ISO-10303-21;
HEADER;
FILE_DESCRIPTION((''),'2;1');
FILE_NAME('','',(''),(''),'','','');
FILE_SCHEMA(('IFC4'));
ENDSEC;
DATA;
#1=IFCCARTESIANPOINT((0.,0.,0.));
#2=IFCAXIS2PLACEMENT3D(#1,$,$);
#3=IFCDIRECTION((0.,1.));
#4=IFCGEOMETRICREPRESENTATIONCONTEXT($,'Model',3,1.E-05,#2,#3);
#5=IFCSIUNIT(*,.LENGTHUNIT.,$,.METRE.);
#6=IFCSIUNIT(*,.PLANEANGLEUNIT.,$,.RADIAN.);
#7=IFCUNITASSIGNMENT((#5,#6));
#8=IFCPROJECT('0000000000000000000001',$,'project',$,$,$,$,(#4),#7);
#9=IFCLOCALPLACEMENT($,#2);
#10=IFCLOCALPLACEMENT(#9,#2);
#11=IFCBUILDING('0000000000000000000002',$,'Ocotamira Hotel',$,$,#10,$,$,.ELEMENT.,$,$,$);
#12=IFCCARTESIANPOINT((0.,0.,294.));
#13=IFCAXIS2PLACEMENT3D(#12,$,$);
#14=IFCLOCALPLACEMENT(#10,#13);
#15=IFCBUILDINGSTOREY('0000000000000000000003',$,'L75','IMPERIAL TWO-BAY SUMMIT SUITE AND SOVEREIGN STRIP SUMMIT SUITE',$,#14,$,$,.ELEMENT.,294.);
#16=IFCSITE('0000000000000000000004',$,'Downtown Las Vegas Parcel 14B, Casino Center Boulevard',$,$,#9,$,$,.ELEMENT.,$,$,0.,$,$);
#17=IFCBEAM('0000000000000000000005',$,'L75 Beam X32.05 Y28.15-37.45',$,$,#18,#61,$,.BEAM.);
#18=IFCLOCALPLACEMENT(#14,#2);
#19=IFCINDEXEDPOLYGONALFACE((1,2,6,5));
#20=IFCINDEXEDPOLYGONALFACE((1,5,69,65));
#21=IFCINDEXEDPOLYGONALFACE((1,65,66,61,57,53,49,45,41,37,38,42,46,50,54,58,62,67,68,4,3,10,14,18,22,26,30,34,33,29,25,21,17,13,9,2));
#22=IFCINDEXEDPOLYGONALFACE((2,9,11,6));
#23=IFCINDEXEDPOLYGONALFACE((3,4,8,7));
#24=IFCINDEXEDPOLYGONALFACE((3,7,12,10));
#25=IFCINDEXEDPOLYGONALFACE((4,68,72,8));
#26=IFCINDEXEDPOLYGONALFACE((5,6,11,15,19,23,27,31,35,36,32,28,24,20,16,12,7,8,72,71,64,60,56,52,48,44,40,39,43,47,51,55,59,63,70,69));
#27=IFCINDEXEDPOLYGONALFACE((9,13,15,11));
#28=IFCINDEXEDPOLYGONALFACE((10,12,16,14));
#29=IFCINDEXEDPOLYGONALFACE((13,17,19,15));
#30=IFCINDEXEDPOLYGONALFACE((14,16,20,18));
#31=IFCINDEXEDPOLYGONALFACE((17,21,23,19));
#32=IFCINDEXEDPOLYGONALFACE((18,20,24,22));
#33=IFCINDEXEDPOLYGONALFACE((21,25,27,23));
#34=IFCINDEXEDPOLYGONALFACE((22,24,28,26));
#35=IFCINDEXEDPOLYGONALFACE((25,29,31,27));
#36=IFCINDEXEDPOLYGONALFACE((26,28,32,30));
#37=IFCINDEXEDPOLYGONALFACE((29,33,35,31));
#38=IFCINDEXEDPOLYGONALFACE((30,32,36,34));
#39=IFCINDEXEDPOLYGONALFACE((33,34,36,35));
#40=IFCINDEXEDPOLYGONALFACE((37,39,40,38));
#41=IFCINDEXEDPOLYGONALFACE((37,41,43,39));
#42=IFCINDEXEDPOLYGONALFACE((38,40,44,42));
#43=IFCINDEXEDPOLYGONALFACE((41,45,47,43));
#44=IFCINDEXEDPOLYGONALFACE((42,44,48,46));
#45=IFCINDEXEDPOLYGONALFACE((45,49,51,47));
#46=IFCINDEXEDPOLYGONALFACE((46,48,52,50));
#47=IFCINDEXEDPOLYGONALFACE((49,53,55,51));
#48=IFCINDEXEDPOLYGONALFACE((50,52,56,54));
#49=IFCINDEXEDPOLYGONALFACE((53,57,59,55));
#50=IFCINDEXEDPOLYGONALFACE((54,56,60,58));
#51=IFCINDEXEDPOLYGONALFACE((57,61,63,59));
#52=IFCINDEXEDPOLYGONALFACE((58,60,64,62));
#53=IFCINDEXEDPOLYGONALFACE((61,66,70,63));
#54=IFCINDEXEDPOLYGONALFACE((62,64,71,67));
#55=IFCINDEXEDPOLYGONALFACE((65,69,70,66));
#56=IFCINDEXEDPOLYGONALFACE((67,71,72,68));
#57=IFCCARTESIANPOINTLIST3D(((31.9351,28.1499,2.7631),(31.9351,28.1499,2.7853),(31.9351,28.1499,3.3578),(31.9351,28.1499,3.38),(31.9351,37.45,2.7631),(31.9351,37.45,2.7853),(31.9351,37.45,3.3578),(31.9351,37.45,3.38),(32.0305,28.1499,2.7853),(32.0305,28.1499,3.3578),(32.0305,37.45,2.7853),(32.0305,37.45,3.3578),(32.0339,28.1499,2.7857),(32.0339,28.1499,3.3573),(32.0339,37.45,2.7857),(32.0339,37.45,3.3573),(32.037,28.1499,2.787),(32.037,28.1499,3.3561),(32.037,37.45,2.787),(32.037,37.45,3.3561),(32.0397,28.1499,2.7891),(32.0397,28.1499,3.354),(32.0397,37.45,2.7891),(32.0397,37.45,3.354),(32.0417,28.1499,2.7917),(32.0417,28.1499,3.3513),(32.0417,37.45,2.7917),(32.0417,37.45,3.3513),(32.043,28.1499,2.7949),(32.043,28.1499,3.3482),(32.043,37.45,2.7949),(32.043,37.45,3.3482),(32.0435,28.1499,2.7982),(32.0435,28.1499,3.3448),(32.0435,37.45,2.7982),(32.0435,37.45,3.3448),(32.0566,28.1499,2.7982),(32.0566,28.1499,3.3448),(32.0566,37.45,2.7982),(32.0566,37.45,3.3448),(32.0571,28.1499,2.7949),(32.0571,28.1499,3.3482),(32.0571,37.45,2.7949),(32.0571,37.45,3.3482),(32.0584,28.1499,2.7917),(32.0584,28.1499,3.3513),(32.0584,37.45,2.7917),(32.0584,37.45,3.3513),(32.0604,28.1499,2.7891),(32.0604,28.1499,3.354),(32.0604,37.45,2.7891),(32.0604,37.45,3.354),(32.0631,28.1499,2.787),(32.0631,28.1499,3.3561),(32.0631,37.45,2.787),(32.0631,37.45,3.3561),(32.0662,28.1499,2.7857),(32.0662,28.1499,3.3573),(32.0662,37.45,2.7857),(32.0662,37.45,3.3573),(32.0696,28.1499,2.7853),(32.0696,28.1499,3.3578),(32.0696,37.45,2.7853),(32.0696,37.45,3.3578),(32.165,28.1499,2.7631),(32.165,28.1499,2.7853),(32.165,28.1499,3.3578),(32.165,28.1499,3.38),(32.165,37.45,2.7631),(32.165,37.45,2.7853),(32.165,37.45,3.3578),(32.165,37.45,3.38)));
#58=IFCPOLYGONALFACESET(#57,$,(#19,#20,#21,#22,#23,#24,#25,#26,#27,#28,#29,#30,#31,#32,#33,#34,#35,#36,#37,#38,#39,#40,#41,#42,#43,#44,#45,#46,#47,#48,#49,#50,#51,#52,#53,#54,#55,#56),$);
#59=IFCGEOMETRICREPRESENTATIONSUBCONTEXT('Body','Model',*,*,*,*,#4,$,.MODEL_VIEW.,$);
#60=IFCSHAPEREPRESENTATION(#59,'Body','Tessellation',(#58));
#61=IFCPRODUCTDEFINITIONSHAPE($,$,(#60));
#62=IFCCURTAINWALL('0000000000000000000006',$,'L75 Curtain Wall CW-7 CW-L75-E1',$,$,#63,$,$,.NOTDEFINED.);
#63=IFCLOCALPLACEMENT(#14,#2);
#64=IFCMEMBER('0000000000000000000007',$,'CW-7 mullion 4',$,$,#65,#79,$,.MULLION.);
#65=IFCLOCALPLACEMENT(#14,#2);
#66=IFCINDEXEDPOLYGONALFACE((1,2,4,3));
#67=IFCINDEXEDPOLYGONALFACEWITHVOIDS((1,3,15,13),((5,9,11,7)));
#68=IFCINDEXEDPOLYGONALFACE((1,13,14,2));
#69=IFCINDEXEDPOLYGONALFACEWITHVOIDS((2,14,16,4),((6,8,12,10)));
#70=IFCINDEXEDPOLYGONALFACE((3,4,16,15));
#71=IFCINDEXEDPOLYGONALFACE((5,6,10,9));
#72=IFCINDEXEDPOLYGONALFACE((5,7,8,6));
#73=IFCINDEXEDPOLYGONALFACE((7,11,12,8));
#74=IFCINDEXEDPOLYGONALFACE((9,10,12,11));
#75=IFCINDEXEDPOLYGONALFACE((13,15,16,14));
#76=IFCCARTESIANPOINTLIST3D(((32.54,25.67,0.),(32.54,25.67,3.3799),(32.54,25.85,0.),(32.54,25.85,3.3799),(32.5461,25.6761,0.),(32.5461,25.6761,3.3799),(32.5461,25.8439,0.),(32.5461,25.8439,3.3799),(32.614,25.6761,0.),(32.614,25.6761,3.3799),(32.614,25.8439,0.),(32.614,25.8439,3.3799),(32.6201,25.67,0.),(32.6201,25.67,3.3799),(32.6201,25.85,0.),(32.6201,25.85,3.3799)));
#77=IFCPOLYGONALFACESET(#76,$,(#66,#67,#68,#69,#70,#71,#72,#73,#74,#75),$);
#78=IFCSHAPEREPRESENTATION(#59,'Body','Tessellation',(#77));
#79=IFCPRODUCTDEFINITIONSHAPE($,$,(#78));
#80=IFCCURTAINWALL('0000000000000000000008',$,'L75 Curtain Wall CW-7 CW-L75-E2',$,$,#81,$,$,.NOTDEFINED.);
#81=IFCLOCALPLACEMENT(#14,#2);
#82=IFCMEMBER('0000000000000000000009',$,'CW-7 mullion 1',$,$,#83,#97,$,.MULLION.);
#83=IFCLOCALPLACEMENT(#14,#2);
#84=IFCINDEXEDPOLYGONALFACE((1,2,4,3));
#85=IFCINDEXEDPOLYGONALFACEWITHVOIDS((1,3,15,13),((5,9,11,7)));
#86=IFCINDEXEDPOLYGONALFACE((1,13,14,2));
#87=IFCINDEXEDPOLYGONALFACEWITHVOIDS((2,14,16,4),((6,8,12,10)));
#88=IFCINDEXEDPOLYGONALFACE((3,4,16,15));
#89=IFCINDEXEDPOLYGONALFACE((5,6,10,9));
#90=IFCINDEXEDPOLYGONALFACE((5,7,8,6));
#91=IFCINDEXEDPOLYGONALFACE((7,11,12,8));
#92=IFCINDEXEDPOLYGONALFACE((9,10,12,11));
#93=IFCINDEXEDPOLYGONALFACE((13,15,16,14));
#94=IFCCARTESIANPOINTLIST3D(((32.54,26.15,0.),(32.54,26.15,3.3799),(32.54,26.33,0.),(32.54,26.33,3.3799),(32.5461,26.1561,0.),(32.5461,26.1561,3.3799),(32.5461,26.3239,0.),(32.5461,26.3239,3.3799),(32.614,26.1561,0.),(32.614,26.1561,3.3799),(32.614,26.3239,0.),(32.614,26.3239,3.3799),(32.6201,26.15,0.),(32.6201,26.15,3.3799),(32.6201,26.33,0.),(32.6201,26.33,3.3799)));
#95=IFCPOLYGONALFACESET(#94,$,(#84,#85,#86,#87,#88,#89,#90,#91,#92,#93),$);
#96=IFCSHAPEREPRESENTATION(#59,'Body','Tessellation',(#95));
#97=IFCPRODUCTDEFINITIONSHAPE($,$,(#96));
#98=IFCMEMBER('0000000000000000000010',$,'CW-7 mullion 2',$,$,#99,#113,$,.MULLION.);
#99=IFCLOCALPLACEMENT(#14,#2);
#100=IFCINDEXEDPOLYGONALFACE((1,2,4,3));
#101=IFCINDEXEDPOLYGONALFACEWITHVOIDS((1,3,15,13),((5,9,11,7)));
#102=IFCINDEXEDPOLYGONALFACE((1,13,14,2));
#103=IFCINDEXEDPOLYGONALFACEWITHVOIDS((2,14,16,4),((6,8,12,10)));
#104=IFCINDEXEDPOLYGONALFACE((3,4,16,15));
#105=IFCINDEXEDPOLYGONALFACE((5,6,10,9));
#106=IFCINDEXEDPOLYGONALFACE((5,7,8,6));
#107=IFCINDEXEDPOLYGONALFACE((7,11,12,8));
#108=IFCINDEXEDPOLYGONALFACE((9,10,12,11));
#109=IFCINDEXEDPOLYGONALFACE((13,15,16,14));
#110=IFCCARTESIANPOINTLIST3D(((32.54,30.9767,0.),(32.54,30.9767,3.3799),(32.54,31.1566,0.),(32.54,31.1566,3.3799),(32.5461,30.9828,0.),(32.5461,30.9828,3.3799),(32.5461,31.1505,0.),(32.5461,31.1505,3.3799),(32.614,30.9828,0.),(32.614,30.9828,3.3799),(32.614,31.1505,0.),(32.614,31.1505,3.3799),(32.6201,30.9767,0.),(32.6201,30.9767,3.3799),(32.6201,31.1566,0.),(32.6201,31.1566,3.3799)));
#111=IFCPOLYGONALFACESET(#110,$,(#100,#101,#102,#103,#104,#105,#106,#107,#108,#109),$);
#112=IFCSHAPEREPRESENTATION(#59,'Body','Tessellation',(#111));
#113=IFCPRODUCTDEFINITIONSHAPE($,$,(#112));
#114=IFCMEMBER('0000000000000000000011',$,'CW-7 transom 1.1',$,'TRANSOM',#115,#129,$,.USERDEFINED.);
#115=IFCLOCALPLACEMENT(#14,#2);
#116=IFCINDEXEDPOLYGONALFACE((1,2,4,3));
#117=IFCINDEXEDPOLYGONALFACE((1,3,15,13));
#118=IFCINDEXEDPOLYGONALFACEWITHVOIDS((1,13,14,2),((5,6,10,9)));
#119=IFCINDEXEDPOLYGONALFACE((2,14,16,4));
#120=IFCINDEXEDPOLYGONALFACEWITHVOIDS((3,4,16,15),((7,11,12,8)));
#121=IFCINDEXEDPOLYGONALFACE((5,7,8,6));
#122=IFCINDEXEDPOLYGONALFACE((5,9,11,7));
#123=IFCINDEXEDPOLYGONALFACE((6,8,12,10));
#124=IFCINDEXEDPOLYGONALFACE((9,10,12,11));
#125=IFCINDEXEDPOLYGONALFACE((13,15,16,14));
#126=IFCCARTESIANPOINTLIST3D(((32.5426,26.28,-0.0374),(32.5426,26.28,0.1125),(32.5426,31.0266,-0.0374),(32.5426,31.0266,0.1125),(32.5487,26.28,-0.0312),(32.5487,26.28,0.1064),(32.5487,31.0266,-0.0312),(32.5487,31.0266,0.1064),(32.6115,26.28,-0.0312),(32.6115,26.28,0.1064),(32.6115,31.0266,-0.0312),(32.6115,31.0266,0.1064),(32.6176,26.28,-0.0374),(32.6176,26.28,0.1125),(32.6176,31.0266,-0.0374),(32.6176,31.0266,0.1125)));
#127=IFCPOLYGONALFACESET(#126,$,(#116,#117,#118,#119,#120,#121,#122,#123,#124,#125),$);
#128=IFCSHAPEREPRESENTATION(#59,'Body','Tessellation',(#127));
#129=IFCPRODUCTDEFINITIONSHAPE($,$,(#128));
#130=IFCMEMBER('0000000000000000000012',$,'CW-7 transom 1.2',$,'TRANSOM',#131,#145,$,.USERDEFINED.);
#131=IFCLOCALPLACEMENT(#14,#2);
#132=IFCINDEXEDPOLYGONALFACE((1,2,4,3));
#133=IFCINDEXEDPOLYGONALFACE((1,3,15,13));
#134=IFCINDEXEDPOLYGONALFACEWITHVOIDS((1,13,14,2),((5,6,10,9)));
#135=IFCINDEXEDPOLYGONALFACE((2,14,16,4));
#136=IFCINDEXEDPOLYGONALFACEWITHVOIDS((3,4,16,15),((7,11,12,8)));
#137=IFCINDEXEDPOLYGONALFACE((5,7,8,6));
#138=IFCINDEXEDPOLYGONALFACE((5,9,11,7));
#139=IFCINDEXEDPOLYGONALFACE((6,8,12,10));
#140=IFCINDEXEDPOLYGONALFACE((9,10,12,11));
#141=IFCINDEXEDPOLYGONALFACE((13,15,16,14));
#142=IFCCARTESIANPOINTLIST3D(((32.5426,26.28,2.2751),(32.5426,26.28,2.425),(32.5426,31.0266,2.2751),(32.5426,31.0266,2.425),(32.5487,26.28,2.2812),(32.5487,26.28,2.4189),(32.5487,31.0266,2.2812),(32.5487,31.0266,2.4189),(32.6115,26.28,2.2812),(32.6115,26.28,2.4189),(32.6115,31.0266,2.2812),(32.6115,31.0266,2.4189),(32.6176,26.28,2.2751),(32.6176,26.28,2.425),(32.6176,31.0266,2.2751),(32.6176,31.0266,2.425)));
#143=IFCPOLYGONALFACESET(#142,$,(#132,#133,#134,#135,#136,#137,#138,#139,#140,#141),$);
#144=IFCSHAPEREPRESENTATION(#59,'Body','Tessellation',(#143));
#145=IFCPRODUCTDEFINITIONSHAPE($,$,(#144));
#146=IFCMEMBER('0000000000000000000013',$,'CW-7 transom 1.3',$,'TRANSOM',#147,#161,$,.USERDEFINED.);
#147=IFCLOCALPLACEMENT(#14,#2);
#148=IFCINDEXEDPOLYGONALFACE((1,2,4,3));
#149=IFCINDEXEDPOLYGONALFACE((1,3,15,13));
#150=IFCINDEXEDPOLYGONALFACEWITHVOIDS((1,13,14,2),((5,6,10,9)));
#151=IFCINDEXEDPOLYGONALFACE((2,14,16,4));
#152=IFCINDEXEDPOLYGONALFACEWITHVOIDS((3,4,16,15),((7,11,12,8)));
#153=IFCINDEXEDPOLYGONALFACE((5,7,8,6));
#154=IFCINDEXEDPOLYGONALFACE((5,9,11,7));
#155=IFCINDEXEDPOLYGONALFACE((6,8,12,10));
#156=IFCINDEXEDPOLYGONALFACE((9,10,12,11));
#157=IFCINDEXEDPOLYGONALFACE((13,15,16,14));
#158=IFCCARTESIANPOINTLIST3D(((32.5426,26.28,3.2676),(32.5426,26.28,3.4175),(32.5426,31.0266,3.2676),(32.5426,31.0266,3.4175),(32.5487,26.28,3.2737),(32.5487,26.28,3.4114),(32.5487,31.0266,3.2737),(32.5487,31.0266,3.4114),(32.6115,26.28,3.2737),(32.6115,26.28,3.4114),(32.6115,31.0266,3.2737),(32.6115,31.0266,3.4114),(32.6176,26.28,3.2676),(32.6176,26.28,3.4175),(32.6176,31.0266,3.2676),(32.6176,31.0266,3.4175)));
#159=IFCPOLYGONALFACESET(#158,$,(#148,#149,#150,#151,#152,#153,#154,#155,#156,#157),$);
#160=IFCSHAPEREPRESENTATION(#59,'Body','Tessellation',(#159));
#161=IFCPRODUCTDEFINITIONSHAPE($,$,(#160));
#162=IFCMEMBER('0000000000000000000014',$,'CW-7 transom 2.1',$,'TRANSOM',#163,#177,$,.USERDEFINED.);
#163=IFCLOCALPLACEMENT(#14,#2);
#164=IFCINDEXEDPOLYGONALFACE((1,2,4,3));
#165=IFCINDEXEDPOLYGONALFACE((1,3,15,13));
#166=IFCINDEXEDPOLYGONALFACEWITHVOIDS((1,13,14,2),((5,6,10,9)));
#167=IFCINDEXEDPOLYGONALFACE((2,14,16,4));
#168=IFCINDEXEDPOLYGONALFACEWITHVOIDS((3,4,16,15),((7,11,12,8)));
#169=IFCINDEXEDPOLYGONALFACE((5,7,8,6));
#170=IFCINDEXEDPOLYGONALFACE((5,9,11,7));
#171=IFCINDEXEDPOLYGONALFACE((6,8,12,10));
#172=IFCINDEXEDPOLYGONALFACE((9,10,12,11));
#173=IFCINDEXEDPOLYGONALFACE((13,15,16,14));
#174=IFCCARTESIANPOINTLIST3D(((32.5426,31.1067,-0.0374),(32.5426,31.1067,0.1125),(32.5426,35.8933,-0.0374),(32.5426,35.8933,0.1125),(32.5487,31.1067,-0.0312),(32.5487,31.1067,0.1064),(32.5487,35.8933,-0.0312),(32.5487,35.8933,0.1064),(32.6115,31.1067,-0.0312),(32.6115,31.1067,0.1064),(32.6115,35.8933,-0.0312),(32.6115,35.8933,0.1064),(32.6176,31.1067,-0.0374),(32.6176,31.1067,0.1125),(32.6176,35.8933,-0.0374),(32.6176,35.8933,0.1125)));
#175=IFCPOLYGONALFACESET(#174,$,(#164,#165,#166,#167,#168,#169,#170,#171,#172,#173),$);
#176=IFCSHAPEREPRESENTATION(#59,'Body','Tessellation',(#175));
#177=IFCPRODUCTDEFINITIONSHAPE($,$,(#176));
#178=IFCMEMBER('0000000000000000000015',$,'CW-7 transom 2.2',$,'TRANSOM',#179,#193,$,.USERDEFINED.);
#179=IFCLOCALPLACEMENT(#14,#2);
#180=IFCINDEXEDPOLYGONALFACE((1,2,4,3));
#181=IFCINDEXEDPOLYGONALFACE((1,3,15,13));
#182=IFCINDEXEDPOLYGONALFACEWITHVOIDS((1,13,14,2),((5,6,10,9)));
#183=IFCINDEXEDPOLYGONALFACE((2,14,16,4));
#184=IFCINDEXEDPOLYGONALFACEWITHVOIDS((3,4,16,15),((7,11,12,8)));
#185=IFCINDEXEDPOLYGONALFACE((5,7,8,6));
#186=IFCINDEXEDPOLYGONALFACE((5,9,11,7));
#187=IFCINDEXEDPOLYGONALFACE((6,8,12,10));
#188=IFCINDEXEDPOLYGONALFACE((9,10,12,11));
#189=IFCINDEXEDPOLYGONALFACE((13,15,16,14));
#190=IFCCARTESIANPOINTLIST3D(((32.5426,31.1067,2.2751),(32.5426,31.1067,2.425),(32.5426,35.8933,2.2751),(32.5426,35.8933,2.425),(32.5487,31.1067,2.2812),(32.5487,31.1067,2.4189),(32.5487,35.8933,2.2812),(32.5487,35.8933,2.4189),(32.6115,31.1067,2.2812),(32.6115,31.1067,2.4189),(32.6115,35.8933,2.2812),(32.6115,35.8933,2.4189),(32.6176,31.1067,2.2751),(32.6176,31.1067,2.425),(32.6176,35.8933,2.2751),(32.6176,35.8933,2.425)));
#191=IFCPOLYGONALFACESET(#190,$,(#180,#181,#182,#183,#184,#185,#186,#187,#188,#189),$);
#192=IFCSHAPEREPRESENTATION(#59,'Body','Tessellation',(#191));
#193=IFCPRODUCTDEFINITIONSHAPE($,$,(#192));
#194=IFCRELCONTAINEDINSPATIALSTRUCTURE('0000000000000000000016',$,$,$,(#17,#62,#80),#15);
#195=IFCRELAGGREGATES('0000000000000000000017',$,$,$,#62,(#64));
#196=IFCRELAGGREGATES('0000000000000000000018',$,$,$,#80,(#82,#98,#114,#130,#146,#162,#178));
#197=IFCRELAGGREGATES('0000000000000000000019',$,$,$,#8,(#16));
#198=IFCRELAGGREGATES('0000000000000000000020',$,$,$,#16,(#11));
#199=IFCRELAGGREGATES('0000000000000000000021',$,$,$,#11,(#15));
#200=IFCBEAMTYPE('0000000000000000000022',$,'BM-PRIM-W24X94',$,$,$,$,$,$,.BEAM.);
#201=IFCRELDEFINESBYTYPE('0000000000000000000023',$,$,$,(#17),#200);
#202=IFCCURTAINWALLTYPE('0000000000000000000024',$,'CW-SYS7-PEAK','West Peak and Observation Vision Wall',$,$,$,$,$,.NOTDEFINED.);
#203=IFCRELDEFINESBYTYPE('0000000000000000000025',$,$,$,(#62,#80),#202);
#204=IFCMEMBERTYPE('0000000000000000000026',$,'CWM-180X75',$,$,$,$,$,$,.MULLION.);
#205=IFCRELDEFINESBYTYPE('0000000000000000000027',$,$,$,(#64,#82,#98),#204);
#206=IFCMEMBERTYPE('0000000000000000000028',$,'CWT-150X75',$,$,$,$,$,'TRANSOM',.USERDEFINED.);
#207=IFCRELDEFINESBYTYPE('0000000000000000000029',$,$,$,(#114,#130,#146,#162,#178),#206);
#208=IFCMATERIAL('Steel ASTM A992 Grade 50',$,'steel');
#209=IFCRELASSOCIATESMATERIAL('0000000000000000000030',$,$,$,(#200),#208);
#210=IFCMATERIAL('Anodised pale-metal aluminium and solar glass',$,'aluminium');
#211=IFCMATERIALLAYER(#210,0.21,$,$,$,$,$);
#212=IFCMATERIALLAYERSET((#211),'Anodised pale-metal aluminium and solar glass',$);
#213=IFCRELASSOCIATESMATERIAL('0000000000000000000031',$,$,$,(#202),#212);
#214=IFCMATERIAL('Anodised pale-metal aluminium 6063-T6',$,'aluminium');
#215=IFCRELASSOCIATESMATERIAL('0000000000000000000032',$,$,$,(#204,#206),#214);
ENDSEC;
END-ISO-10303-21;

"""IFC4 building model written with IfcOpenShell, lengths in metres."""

from ifc_helpers import new_model, si_unit, direction, frame, origin, origin_2d, place, context, subcontext, project, spatial, hollow_rectangle, i_section, extrude, source, transform, mapped, material, layer, layer_set, material_profile, profile_set, type_object, element, aggregate, save


model = new_model("IFC4")

# Units and contexts
model_context = context("Model", 3, precision=1e-05, world=origin(), true_north=direction((0.0, 1.0)))
body_context = subcontext(model_context, "Body", "Model", "MODEL_VIEW")
ifc_project = project(units=[si_unit("LENGTHUNIT", "METRE"), si_unit("PLANEANGLEUNIT", "RADIAN")], contexts=[model_context])

# Site, building, storey
site_placement = place(None, origin())
site = spatial("IfcSite", under=ifc_project, at=site_placement, Name="Downtown Las Vegas Parcel 14B, Casino Center Boulevard", CompositionType="ELEMENT", RefElevation=0.0)
building_placement = place(site_placement, origin())
building = spatial("IfcBuilding", under=site, at=building_placement, Name="Ocotamira Hotel", CompositionType="ELEMENT")
storey_placement = place(building_placement, frame((0.0, 0.0, 294.0)))
storey = spatial("IfcBuildingStorey", under=building, at=storey_placement, Name="L75", Description="IMPERIAL TWO-BAY SUMMIT SUITE AND SOVEREIGN STRIP SUMMIT SUITE", CompositionType="ELEMENT", Elevation=294.0)

# Beam
ifc_material_1 = material(Name="Steel ASTM A992 Grade 50", Category="steel")
ifc_material_profile_1 = material_profile(ifc_material_1, i_section(OverallWidth=0.23, OverallDepth=0.6169, WebThickness=0.0132, FlangeThickness=0.0222, FilletRadius=0.0129, at=origin_2d()), Name="W24X94")
ifc_profile_set_1 = profile_set([ifc_material_profile_1], Name="Steel ASTM A992 Grade 50")
beam_type = type_object("IfcBeamType", Name="BM-PRIM-W24X94", PredefinedType="BEAM", material=ifc_profile_set_1)
shared_shape_1 = source(origin(), body_context, "Body", "SweptSolid", [
    extrude(i_section(OverallWidth=0.23, OverallDepth=0.6169, WebThickness=0.0132, FlangeThickness=0.0222, FilletRadius=0.0129, at=origin_2d()), origin(), (0.0, 0.0, 1.0), 9.3),
])
beam_placement = place(storey_placement, frame((32.05, 28.1499, 3.0715), z_axis=(0.0, 1.0, 0.0), x_axis=(-1.0, 0.0, 0.0)))
element("IfcBeam", 1, at=beam_placement, inside=storey, type_object=beam_type, Name="L75 Beam X32.05 Y28.15-37.45", PredefinedType="BEAM", context=body_context, shape_type="MappedRepresentation", body=[
    mapped(shared_shape_1, transform((0.0, 0.0, 0.0), scale=1.0)),
])

# Curtain wall, member
ifc_material_2 = material(Name="Anodised pale-metal aluminium and solar glass", Category="aluminium")
ifc_layer_1 = layer(ifc_material_2, 0.21)
ifc_layer_set_1 = layer_set([ifc_layer_1], Name="Anodised pale-metal aluminium and solar glass")
curtain_wall_type = type_object("IfcCurtainWallType", Name="CW-SYS7-PEAK", Description="West Peak and Observation Vision Wall", PredefinedType="NOTDEFINED", material=ifc_layer_set_1)
curtain_wall_1_placement = place(storey_placement, origin())
curtain_wall_1 = element("IfcCurtainWall", 2, at=curtain_wall_1_placement, inside=storey, type_object=curtain_wall_type, Name="L75 Curtain Wall CW-7 CW-L75-E1", PredefinedType="NOTDEFINED")
ifc_material_3 = material(Name="Anodised pale-metal aluminium 6063-T6", Category="aluminium")
ifc_material_profile_2 = material_profile(ifc_material_3, hollow_rectangle(XDim=0.0801, YDim=0.1799, WallThickness=0.0061, at=origin_2d()), Name="HSS180X80X6")
ifc_profile_set_2 = profile_set([ifc_material_profile_2], Name="Anodised pale-metal aluminium 6063-T6")
member_type_1 = type_object("IfcMemberType", Name="CWM-180X75", PredefinedType="MULLION", material=ifc_profile_set_2)
shared_shape_2 = source(origin(), body_context, "Body", "SweptSolid", [
    extrude(hollow_rectangle(XDim=0.0801, YDim=0.1799, WallThickness=0.0061, at=origin_2d()), origin(), (0.0, 0.0, 1.0), 3.3799),
])
member_1_placement = place(storey_placement, frame((32.5801, 25.76, 0.0), z_axis=(0.0, 0.0, 1.0), x_axis=(-1.0, 0.0, 0.0)))
member_1 = element("IfcMember", 3, at=member_1_placement, type_object=member_type_1, Name="CW-7 mullion 4", PredefinedType="MULLION", context=body_context, shape_type="MappedRepresentation", body=[
    mapped(shared_shape_2, transform((0.0, 0.0, 0.0), scale=1.0)),
])
aggregate(curtain_wall_1, [member_1])

# Curtain wall, members
curtain_wall_2_placement = place(storey_placement, origin())
curtain_wall_2 = element("IfcCurtainWall", 4, at=curtain_wall_2_placement, inside=storey, type_object=curtain_wall_type, Name="L75 Curtain Wall CW-7 CW-L75-E2", PredefinedType="NOTDEFINED")
member_2_placement = place(storey_placement, frame((32.5801, 26.24, 0.0), z_axis=(0.0, 0.0, 1.0), x_axis=(-1.0, 0.0, 0.0)))
member_2 = element("IfcMember", 5, at=member_2_placement, type_object=member_type_1, Name="CW-7 mullion 1", PredefinedType="MULLION", context=body_context, shape_type="MappedRepresentation", body=[
    mapped(shared_shape_2, transform((0.0, 0.0, 0.0), scale=1.0)),
])
member_3_placement = place(storey_placement, frame((32.5801, 31.0667, 0.0), z_axis=(0.0, 0.0, 1.0), x_axis=(-1.0, 0.0, 0.0)))
member_3 = element("IfcMember", 6, at=member_3_placement, type_object=member_type_1, Name="CW-7 mullion 2", PredefinedType="MULLION", context=body_context, shape_type="MappedRepresentation", body=[
    mapped(shared_shape_2, transform((0.0, 0.0, 0.0), scale=1.0)),
])
ifc_material_profile_3 = material_profile(ifc_material_3, hollow_rectangle(XDim=0.075, YDim=0.1499, WallThickness=0.0061, at=origin_2d()), Name="HSS150X75X6")
ifc_profile_set_3 = profile_set([ifc_material_profile_3], Name="Anodised pale-metal aluminium 6063-T6")
member_type_2 = type_object("IfcMemberType", Name="CWT-150X75", ElementType="TRANSOM", PredefinedType="USERDEFINED", material=ifc_profile_set_3)
shared_shape_3 = source(origin(), body_context, "Body", "SweptSolid", [
    extrude(hollow_rectangle(XDim=0.075, YDim=0.1499, WallThickness=0.0061, at=origin_2d()), origin(), (0.0, 0.0, 1.0), 4.7466),
])
member_4_placement = place(storey_placement, frame((32.5801, 26.28, 0.0376), z_axis=(0.0, 1.0, 0.0), x_axis=(-1.0, 0.0, 0.0)))
member_4 = element("IfcMember", 7, at=member_4_placement, type_object=member_type_2, Name="CW-7 transom 1.1", ObjectType="TRANSOM", PredefinedType="USERDEFINED", context=body_context, shape_type="MappedRepresentation", body=[
    mapped(shared_shape_3, transform((0.0, 0.0, 0.0), scale=1.0)),
])
member_5_placement = place(storey_placement, frame((32.5801, 26.28, 2.3501), z_axis=(0.0, 1.0, 0.0), x_axis=(-1.0, 0.0, 0.0)))
member_5 = element("IfcMember", 8, at=member_5_placement, type_object=member_type_2, Name="CW-7 transom 1.2", ObjectType="TRANSOM", PredefinedType="USERDEFINED", context=body_context, shape_type="MappedRepresentation", body=[
    mapped(shared_shape_3, transform((0.0, 0.0, 0.0), scale=1.0)),
])
member_6_placement = place(storey_placement, frame((32.5801, 26.28, 3.3425), z_axis=(0.0, 1.0, 0.0), x_axis=(-1.0, 0.0, 0.0)))
member_6 = element("IfcMember", 9, at=member_6_placement, type_object=member_type_2, Name="CW-7 transom 1.3", ObjectType="TRANSOM", PredefinedType="USERDEFINED", context=body_context, shape_type="MappedRepresentation", body=[
    mapped(shared_shape_3, transform((0.0, 0.0, 0.0), scale=1.0)),
])
shared_shape_4 = source(origin(), body_context, "Body", "SweptSolid", [
    extrude(hollow_rectangle(XDim=0.075, YDim=0.1499, WallThickness=0.0061, at=origin_2d()), origin(), (0.0, 0.0, 1.0), 4.7866),
])
member_7_placement = place(storey_placement, frame((32.5801, 31.1067, 0.0376), z_axis=(0.0, 1.0, 0.0), x_axis=(-1.0, 0.0, 0.0)))
member_7 = element("IfcMember", 10, at=member_7_placement, type_object=member_type_2, Name="CW-7 transom 2.1", ObjectType="TRANSOM", PredefinedType="USERDEFINED", context=body_context, shape_type="MappedRepresentation", body=[
    mapped(shared_shape_4, transform((0.0, 0.0, 0.0), scale=1.0)),
])
member_8_placement = place(storey_placement, frame((32.5801, 31.1067, 2.3501), z_axis=(0.0, 1.0, 0.0), x_axis=(-1.0, 0.0, 0.0)))
member_8 = element("IfcMember", 11, at=member_8_placement, type_object=member_type_2, Name="CW-7 transom 2.2", ObjectType="TRANSOM", PredefinedType="USERDEFINED", context=body_context, shape_type="MappedRepresentation", body=[
    mapped(shared_shape_4, transform((0.0, 0.0, 0.0), scale=1.0)),
])
aggregate(curtain_wall_2, [member_2, member_3, member_4, member_5, member_6, member_7, member_8])

save(model, "model.ifc")
